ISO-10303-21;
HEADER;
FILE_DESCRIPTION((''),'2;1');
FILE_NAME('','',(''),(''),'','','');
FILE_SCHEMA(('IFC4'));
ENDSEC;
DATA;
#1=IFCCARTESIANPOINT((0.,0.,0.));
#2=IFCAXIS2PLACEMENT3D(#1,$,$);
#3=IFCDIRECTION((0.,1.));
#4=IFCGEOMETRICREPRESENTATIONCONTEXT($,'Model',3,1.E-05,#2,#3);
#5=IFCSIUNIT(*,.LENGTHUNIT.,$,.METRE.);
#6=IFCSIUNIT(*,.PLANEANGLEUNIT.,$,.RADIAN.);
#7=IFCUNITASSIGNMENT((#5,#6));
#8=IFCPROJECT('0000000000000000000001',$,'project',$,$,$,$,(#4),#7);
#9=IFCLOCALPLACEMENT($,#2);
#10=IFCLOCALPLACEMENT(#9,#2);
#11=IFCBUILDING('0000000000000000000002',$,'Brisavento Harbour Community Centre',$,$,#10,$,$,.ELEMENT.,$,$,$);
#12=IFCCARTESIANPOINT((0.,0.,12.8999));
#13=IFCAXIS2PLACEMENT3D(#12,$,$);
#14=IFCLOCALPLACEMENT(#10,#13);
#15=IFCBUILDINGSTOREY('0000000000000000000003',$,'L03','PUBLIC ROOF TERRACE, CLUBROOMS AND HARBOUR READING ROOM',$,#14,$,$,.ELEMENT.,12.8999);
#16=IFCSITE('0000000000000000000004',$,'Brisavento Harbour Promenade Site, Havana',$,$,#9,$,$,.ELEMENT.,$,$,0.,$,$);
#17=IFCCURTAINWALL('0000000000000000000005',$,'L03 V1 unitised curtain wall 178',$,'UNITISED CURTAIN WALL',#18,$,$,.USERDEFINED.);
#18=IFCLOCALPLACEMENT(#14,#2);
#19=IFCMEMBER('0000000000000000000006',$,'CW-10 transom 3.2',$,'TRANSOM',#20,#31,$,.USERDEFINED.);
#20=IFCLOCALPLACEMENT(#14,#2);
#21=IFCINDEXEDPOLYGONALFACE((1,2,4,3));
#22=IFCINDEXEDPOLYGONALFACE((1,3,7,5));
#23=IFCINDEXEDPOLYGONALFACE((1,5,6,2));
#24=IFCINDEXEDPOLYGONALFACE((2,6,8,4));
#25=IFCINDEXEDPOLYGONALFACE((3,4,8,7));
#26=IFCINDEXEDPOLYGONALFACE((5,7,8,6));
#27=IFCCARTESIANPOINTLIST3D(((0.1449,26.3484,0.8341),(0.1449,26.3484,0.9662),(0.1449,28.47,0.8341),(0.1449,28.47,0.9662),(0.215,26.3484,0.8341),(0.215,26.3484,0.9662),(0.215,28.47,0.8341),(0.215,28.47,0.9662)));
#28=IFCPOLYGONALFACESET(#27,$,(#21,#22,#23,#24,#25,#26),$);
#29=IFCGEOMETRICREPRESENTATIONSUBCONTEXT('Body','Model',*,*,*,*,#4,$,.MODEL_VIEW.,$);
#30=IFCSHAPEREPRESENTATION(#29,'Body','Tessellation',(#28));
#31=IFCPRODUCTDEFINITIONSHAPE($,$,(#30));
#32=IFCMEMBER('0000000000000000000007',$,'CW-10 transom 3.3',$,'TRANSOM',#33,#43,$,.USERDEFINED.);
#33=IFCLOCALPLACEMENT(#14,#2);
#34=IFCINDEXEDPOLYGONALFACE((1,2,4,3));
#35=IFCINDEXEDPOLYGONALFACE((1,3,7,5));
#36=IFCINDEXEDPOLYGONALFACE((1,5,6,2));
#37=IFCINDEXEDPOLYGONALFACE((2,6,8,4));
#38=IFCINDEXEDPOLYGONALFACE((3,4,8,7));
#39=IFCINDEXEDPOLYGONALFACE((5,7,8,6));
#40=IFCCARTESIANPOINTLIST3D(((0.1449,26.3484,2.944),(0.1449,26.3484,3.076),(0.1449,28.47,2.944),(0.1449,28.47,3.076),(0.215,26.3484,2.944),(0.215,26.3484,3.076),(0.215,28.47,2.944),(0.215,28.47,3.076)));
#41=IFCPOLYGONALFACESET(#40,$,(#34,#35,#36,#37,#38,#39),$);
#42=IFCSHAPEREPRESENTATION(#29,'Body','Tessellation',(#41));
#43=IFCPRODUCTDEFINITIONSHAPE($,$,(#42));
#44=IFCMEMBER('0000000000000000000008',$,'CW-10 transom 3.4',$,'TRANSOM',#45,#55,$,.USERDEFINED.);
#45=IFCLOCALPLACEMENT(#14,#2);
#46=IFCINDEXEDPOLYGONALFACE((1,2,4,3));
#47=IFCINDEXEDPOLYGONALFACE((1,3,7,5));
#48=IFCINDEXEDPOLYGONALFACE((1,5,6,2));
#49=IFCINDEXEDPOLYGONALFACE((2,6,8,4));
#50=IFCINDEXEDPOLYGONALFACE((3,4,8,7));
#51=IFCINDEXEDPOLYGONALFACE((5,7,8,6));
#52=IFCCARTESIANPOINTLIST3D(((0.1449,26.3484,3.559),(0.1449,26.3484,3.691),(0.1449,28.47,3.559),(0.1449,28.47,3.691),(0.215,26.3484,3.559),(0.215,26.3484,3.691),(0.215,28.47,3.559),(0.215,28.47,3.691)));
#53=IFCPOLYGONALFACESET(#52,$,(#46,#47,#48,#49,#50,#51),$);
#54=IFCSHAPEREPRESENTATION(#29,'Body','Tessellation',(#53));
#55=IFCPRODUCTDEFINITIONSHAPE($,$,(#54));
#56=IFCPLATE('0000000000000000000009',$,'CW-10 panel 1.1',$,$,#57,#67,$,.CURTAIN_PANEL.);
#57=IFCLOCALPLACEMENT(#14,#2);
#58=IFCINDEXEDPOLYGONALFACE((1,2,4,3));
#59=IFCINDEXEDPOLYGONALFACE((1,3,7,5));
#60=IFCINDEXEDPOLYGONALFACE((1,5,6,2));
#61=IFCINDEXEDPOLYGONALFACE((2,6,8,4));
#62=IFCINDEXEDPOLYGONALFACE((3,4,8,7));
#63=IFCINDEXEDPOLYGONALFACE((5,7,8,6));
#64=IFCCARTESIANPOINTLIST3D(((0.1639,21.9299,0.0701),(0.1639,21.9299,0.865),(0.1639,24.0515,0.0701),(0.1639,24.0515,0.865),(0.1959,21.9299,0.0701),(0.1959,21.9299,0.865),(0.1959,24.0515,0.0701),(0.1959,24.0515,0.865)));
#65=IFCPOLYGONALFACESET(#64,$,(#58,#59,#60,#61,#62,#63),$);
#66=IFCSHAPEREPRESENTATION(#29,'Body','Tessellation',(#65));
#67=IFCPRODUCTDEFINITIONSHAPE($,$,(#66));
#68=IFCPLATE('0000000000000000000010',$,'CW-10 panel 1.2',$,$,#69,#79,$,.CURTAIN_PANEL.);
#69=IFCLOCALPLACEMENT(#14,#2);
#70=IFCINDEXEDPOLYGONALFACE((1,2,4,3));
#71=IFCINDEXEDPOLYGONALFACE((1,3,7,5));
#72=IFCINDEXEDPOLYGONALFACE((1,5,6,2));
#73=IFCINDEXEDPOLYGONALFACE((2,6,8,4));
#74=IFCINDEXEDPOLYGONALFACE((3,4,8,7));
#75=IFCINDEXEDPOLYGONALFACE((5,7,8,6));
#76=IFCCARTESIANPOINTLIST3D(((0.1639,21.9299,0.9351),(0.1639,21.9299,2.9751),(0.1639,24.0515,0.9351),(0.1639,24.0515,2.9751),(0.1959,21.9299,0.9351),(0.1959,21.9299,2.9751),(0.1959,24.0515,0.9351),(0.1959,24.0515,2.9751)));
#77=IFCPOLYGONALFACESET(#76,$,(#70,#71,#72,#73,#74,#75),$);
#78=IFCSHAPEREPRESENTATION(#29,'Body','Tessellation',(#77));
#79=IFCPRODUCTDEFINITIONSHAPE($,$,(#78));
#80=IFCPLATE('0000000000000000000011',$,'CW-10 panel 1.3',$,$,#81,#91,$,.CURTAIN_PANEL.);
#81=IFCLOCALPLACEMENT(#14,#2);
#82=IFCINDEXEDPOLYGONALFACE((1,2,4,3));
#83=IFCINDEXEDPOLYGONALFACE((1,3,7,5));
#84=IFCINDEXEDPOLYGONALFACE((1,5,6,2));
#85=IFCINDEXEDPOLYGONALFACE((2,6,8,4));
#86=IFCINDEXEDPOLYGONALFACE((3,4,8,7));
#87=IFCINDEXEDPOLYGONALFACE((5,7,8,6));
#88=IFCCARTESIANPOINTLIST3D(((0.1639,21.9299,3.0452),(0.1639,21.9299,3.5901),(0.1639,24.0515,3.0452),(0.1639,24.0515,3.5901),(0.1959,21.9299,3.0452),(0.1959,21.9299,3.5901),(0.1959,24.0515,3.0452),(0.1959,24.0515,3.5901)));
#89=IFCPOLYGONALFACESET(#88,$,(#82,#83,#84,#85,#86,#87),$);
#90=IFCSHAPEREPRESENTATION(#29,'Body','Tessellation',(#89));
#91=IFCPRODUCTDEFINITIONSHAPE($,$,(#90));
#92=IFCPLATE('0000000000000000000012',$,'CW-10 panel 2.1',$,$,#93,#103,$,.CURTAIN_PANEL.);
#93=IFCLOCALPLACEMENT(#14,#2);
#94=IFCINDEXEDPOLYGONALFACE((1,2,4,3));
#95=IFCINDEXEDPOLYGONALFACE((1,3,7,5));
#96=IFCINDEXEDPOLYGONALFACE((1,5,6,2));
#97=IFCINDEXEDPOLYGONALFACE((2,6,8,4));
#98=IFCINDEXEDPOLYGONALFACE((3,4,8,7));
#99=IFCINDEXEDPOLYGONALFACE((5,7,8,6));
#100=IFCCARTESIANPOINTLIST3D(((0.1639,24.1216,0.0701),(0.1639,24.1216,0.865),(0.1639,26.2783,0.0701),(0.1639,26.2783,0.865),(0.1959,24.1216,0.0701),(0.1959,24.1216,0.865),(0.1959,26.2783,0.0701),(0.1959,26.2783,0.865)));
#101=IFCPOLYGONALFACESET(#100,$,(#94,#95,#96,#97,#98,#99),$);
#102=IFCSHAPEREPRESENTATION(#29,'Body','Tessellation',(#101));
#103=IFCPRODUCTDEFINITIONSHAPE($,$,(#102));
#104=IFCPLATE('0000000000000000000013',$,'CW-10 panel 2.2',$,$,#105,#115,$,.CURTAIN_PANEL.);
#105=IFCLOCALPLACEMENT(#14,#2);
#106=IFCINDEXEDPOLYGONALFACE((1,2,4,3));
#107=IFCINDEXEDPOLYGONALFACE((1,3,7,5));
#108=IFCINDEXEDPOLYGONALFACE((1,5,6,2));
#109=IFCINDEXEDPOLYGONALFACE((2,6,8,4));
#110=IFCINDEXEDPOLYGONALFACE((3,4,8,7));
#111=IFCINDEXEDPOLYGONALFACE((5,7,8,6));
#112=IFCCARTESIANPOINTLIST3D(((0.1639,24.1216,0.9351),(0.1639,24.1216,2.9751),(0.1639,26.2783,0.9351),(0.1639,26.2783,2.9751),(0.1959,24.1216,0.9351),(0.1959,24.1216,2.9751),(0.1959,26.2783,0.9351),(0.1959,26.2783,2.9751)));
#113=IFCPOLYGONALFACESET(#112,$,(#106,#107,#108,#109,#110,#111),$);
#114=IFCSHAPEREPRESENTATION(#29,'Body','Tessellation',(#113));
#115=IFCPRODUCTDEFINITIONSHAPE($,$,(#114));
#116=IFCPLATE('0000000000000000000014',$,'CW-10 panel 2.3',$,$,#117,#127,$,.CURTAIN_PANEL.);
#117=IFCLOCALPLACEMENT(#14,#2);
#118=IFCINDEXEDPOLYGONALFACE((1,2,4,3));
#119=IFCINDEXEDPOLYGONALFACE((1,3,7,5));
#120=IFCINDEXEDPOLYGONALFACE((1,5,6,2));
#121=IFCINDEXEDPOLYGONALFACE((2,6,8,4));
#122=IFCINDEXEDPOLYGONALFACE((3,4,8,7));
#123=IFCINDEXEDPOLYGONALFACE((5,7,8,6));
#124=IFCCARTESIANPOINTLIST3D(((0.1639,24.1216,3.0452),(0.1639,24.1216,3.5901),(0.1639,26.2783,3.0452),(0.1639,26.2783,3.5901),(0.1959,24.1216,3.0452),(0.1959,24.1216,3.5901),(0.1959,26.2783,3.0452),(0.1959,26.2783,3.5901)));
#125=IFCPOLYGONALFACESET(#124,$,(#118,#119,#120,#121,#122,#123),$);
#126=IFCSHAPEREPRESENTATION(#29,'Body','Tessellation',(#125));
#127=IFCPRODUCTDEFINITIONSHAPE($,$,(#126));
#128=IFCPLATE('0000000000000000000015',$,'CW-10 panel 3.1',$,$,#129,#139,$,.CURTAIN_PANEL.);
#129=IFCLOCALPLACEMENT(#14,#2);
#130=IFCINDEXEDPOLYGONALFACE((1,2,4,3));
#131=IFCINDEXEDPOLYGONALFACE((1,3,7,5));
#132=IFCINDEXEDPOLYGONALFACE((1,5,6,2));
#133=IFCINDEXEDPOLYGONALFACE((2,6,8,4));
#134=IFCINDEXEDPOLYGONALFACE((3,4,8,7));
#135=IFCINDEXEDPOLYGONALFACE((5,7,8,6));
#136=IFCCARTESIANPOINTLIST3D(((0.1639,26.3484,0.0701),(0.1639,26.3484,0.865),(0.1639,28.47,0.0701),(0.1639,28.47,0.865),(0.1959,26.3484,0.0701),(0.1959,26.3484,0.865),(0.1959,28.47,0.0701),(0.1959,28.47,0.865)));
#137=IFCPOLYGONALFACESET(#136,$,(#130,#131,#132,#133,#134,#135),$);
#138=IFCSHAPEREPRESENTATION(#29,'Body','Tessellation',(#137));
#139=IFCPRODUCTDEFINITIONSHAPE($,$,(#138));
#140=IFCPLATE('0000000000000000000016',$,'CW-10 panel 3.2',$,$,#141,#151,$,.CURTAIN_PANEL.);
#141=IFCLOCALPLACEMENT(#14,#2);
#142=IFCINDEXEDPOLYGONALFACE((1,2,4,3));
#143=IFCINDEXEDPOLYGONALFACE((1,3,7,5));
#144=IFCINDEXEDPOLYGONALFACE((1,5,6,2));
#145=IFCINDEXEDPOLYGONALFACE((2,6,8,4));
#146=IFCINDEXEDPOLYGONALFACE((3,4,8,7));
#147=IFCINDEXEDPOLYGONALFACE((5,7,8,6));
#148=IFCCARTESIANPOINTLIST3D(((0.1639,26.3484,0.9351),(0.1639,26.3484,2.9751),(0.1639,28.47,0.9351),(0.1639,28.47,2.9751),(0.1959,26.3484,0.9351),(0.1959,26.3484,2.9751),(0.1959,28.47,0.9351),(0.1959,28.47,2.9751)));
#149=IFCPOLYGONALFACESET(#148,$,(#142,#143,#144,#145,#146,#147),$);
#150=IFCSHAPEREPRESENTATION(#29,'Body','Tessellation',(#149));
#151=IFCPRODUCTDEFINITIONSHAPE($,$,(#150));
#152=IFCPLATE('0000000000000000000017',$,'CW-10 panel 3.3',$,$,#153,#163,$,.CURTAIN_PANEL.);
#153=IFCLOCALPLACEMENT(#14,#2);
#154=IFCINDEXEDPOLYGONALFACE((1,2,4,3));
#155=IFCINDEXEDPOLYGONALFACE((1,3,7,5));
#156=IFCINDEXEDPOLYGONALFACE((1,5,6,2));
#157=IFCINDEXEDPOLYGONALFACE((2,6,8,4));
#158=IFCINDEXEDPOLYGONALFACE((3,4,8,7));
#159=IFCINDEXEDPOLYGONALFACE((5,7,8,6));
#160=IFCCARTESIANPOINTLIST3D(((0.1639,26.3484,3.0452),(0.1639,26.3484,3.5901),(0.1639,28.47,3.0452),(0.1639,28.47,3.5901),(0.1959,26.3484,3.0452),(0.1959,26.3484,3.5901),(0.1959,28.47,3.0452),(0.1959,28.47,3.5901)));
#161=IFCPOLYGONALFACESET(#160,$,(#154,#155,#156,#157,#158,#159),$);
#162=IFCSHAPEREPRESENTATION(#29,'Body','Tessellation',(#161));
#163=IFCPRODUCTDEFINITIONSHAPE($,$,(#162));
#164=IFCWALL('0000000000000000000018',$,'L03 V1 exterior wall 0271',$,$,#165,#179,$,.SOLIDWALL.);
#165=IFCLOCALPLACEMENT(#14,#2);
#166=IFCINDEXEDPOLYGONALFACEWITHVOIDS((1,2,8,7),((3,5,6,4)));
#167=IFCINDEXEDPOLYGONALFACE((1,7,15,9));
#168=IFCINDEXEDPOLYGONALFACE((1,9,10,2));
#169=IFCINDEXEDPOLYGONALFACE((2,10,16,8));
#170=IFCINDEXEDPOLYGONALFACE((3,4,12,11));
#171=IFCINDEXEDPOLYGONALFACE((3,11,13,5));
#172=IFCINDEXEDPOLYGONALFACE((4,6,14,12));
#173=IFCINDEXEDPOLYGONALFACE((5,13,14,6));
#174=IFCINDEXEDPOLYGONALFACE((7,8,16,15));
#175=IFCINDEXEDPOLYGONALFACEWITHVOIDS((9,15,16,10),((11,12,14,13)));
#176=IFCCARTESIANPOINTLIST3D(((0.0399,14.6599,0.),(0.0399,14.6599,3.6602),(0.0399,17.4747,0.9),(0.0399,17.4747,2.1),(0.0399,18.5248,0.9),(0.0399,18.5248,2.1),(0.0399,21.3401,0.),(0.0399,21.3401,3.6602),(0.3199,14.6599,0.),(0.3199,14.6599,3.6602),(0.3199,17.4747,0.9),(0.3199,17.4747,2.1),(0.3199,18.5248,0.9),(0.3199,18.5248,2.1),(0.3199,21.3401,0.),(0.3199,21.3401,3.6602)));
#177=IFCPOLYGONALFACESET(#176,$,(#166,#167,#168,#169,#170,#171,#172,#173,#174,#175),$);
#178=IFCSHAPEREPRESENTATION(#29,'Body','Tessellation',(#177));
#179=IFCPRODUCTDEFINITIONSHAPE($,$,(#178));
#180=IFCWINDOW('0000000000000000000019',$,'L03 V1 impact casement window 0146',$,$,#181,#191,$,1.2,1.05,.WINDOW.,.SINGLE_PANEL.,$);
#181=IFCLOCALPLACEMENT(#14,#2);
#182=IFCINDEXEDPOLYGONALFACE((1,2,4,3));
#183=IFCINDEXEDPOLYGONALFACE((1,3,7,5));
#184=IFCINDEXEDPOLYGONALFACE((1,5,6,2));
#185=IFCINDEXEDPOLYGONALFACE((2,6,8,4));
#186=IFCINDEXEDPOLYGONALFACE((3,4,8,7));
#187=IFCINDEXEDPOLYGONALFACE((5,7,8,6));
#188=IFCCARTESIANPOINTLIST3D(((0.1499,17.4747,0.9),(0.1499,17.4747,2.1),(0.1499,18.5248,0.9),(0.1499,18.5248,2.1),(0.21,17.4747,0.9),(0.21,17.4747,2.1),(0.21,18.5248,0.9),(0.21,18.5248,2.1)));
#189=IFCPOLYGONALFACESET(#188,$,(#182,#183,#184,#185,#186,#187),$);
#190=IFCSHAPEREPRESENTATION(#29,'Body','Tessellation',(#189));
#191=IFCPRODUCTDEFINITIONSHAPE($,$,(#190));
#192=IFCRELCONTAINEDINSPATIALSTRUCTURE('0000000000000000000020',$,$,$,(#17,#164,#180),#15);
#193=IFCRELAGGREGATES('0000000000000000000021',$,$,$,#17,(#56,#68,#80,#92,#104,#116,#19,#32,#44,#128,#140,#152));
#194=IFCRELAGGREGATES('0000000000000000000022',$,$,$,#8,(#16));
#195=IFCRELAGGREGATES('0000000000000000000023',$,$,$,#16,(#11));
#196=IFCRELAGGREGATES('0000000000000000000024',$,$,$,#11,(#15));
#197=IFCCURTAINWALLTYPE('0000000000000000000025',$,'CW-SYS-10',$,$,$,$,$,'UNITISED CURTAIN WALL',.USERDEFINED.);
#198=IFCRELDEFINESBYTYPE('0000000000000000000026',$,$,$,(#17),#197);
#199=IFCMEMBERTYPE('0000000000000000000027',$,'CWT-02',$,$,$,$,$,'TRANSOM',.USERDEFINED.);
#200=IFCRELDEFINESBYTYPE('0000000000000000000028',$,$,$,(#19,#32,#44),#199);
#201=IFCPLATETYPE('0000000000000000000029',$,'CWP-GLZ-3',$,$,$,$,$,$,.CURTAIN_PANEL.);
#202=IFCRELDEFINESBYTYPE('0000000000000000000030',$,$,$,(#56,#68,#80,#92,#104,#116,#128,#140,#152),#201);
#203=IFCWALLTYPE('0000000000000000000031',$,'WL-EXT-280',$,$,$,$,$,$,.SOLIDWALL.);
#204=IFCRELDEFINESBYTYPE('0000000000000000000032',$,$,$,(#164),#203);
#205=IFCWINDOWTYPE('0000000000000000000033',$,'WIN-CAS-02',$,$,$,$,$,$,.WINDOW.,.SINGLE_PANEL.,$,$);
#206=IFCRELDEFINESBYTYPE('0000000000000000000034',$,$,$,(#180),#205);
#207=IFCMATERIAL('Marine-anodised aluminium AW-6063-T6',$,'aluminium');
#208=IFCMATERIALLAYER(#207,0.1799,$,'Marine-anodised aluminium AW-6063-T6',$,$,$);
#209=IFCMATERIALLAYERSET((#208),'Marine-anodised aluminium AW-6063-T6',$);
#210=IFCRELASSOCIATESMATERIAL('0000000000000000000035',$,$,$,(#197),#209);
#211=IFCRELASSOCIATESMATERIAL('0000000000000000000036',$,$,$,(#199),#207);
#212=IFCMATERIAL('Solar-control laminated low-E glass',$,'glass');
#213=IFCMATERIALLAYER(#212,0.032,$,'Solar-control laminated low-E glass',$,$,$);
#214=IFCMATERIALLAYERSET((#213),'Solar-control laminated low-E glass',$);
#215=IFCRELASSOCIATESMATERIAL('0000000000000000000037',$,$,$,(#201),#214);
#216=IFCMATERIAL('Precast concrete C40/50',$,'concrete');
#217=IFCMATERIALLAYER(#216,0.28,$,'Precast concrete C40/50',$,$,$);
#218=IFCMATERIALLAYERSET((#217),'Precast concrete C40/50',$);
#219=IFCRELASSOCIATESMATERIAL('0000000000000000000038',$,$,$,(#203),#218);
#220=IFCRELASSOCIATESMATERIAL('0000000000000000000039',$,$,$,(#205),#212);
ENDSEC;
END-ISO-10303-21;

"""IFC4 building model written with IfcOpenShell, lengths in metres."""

from ifc_helpers import new_model, si_unit, direction, frame, frame_2d, origin, origin_2d, place, context, subcontext, project, spatial, rectangle, extrude, material, layer, layer_set, material_profile, profile_set, type_object, element, fill, aggregate, save


model = new_model("IFC4")

# Units and contexts
model_context = context("Model", 3, precision=1e-05, world=origin(), true_north=direction((0.0, 1.0)))
body_context = subcontext(model_context, "Body", "Model", "MODEL_VIEW")
ifc_project = project(units=[si_unit("LENGTHUNIT", "METRE"), si_unit("PLANEANGLEUNIT", "RADIAN")], contexts=[model_context])

# Site, building, storey
site_placement = place(None, origin())
site = spatial("IfcSite", under=ifc_project, at=site_placement, Name="Brisavento Harbour Promenade Site, Havana", CompositionType="ELEMENT", RefElevation=0.0)
building_placement = place(site_placement, origin())
building = spatial("IfcBuilding", under=site, at=building_placement, Name="Brisavento Harbour Community Centre", CompositionType="ELEMENT")
storey_placement = place(building_placement, frame((0.0, 0.0, 12.8999)))
storey = spatial("IfcBuildingStorey", under=building, at=storey_placement, Name="L03", Description="PUBLIC ROOF TERRACE, CLUBROOMS AND HARBOUR READING ROOM", CompositionType="ELEMENT", Elevation=12.8999)

# Curtain wall, members, plates
ifc_material_1 = material(Name="Marine-anodised aluminium AW-6063-T6", Category="aluminium")
ifc_layer_1 = layer(ifc_material_1, 0.1799, Name="Marine-anodised aluminium AW-6063-T6")
ifc_layer_set_1 = layer_set([ifc_layer_1], Name="Marine-anodised aluminium AW-6063-T6")
curtain_wall_type = type_object("IfcCurtainWallType", Name="CW-SYS-10", ElementType="UNITISED CURTAIN WALL", PredefinedType="USERDEFINED", material=ifc_layer_set_1)
curtain_wall_placement = place(storey_placement, origin())
curtain_wall = element("IfcCurtainWall", 1, at=curtain_wall_placement, inside=storey, type_object=curtain_wall_type, Name="L03 V1 unitised curtain wall 178", ObjectType="UNITISED CURTAIN WALL", PredefinedType="USERDEFINED")
ifc_material_profile_1 = material_profile(ifc_material_1, rectangle(XDim=0.0701, YDim=0.1321, at=origin_2d()), Name="Marine-anodised aluminium AW-6063-T6")
ifc_profile_set_1 = profile_set([ifc_material_profile_1], Name="Marine-anodised aluminium AW-6063-T6")
member_type_1 = type_object("IfcMemberType", Name="CWT-02", ElementType="TRANSOM", PredefinedType="USERDEFINED", material=ifc_profile_set_1)
member_1_placement = place(storey_placement, frame((0.1799, 26.3484, 0.9001), z_axis=(0.0, 1.0, 0.0), x_axis=(-1.0, 0.0, 0.0)))
member_1 = element("IfcMember", 2, at=member_1_placement, type_object=member_type_1, Name="CW-10 transom 3.2", ObjectType="TRANSOM", PredefinedType="USERDEFINED", context=body_context, shape_type="SweptSolid", body=[
    extrude(rectangle(XDim=0.0701, YDim=0.1321, at=origin_2d()), origin(), (0.0, 0.0, 1.0), 2.1216),
])
member_2_placement = place(storey_placement, frame((0.1799, 26.3484, 3.01), z_axis=(0.0, 1.0, 0.0), x_axis=(-1.0, 0.0, 0.0)))
member_2 = element("IfcMember", 3, at=member_2_placement, type_object=member_type_1, Name="CW-10 transom 3.3", ObjectType="TRANSOM", PredefinedType="USERDEFINED", context=body_context, shape_type="SweptSolid", body=[
    extrude(rectangle(XDim=0.0701, YDim=0.1321, at=origin_2d()), origin(), (0.0, 0.0, 1.0), 2.1216),
])
member_3_placement = place(storey_placement, frame((0.1799, 26.3484, 3.625), z_axis=(0.0, 1.0, 0.0), x_axis=(-1.0, 0.0, 0.0)))
member_3 = element("IfcMember", 4, at=member_3_placement, type_object=member_type_1, Name="CW-10 transom 3.4", ObjectType="TRANSOM", PredefinedType="USERDEFINED", context=body_context, shape_type="SweptSolid", body=[
    extrude(rectangle(XDim=0.0701, YDim=0.1321, at=origin_2d()), origin(), (0.0, 0.0, 1.0), 2.1216),
])
ifc_material_2 = material(Name="Solar-control laminated low-E glass", Category="glass")
ifc_layer_2 = layer(ifc_material_2, 0.032, Name="Solar-control laminated low-E glass")
ifc_layer_set_2 = layer_set([ifc_layer_2], Name="Solar-control laminated low-E glass")
plate_type = type_object("IfcPlateType", Name="CWP-GLZ-3", PredefinedType="CURTAIN_PANEL", material=ifc_layer_set_2)
plate_1_placement = place(storey_placement, frame((0.1799, 22.9907, 0.0701), z_axis=(0.0, 0.0, 1.0), x_axis=(0.0, 1.0, 0.0)))
plate_1 = element("IfcPlate", 5, at=plate_1_placement, type_object=plate_type, Name="CW-10 panel 1.1", PredefinedType="CURTAIN_PANEL", context=body_context, shape_type="SweptSolid", body=[
    extrude(rectangle(XDim=2.1216, YDim=0.032, at=origin_2d()), origin(), (0.0, 0.0, 1.0), 0.7949),
])
plate_2_placement = place(storey_placement, frame((0.1799, 22.9907, 0.9351), z_axis=(0.0, 0.0, 1.0), x_axis=(0.0, 1.0, 0.0)))
plate_2 = element("IfcPlate", 6, at=plate_2_placement, type_object=plate_type, Name="CW-10 panel 1.2", PredefinedType="CURTAIN_PANEL", context=body_context, shape_type="SweptSolid", body=[
    extrude(rectangle(XDim=2.1216, YDim=0.032, at=origin_2d()), origin(), (0.0, 0.0, 1.0), 2.04),
])
plate_3_placement = place(storey_placement, frame((0.1799, 22.9907, 3.0452), z_axis=(0.0, 0.0, 1.0), x_axis=(0.0, 1.0, 0.0)))
plate_3 = element("IfcPlate", 7, at=plate_3_placement, type_object=plate_type, Name="CW-10 panel 1.3", PredefinedType="CURTAIN_PANEL", context=body_context, shape_type="SweptSolid", body=[
    extrude(rectangle(XDim=2.1216, YDim=0.032, at=origin_2d()), origin(), (0.0, 0.0, 1.0), 0.5449),
])
plate_4_placement = place(storey_placement, frame((0.1799, 25.2, 0.0701), z_axis=(0.0, 0.0, 1.0), x_axis=(0.0, 1.0, 0.0)))
plate_4 = element("IfcPlate", 8, at=plate_4_placement, type_object=plate_type, Name="CW-10 panel 2.1", PredefinedType="CURTAIN_PANEL", context=body_context, shape_type="SweptSolid", body=[
    extrude(rectangle(XDim=2.1567, YDim=0.032, at=origin_2d()), origin(), (0.0, 0.0, 1.0), 0.7949),
])
plate_5_placement = place(storey_placement, frame((0.1799, 25.2, 0.9351), z_axis=(0.0, 0.0, 1.0), x_axis=(0.0, 1.0, 0.0)))
plate_5 = element("IfcPlate", 9, at=plate_5_placement, type_object=plate_type, Name="CW-10 panel 2.2", PredefinedType="CURTAIN_PANEL", context=body_context, shape_type="SweptSolid", body=[
    extrude(rectangle(XDim=2.1567, YDim=0.032, at=origin_2d()), origin(), (0.0, 0.0, 1.0), 2.04),
])
plate_6_placement = place(storey_placement, frame((0.1799, 25.2, 3.0452), z_axis=(0.0, 0.0, 1.0), x_axis=(0.0, 1.0, 0.0)))
plate_6 = element("IfcPlate", 10, at=plate_6_placement, type_object=plate_type, Name="CW-10 panel 2.3", PredefinedType="CURTAIN_PANEL", context=body_context, shape_type="SweptSolid", body=[
    extrude(rectangle(XDim=2.1567, YDim=0.032, at=origin_2d()), origin(), (0.0, 0.0, 1.0), 0.5449),
])
plate_7_placement = place(storey_placement, frame((0.1799, 27.4092, 0.0701), z_axis=(0.0, 0.0, 1.0), x_axis=(0.0, 1.0, 0.0)))
plate_7 = element("IfcPlate", 11, at=plate_7_placement, type_object=plate_type, Name="CW-10 panel 3.1", PredefinedType="CURTAIN_PANEL", context=body_context, shape_type="SweptSolid", body=[
    extrude(rectangle(XDim=2.1216, YDim=0.032, at=origin_2d()), origin(), (0.0, 0.0, 1.0), 0.7949),
])
plate_8_placement = place(storey_placement, frame((0.1799, 27.4092, 0.9351), z_axis=(0.0, 0.0, 1.0), x_axis=(0.0, 1.0, 0.0)))
plate_8 = element("IfcPlate", 12, at=plate_8_placement, type_object=plate_type, Name="CW-10 panel 3.2", PredefinedType="CURTAIN_PANEL", context=body_context, shape_type="SweptSolid", body=[
    extrude(rectangle(XDim=2.1216, YDim=0.032, at=origin_2d()), origin(), (0.0, 0.0, 1.0), 2.04),
])
plate_9_placement = place(storey_placement, frame((0.1799, 27.4092, 3.0452), z_axis=(0.0, 0.0, 1.0), x_axis=(0.0, 1.0, 0.0)))
plate_9 = element("IfcPlate", 13, at=plate_9_placement, type_object=plate_type, Name="CW-10 panel 3.3", PredefinedType="CURTAIN_PANEL", context=body_context, shape_type="SweptSolid", body=[
    extrude(rectangle(XDim=2.1216, YDim=0.032, at=origin_2d()), origin(), (0.0, 0.0, 1.0), 0.5449),
])
aggregate(curtain_wall, [plate_1, plate_2, plate_3, plate_4, plate_5, plate_6, member_1, member_2, member_3, plate_7, plate_8, plate_9])

# Wall, opening, window
ifc_material_3 = material(Name="Precast concrete C40/50", Category="concrete")
ifc_layer_3 = layer(ifc_material_3, 0.28, Name="Precast concrete C40/50")
ifc_layer_set_3 = layer_set([ifc_layer_3], Name="Precast concrete C40/50")
wall_type = type_object("IfcWallType", Name="WL-EXT-280", PredefinedType="SOLIDWALL", material=ifc_layer_set_3)
wall_placement = place(storey_placement, frame((0.1799, 14.6599, 0.0), z_axis=(0.0, 0.0, 1.0), x_axis=(0.0, 1.0, 0.0)))
wall = element("IfcWall", 14, at=wall_placement, inside=storey, type_object=wall_type, Name="L03 V1 exterior wall 0271", PredefinedType="SOLIDWALL", context=body_context, shape_type="SweptSolid", body=[
    extrude(rectangle(XDim=6.6802, YDim=0.28, at=frame_2d((3.3401, 0.0))), origin(), (0.0, 0.0, 1.0), 3.6602),
])
opening_placement = place(wall_placement, frame((2.8149, 0.0, 0.8999)))
opening = element("IfcOpeningElement", 15, at=opening_placement, cuts=wall, PredefinedType="OPENING", context=body_context, shape_type="SweptSolid", body=[
    extrude(rectangle(XDim=1.05, YDim=1.2, at=frame_2d((0.5249, 0.6001))), frame((0.0, 0.1499, 0.0), z_axis=(0.0, -1.0, 0.0), x_axis=(1.0, 0.0, 0.0)), (0.0, 0.0, 1.0), 0.3),
])
window_type = type_object("IfcWindowType", Name="WIN-CAS-02", PartitioningType="SINGLE_PANEL", PredefinedType="WINDOW", material=ifc_material_2)
window_placement = place(opening_placement, origin())
window = element("IfcWindow", 16, at=window_placement, inside=storey, type_object=window_type, Name="L03 V1 impact casement window 0146", OverallHeight=1.2, OverallWidth=1.05, PartitioningType="SINGLE_PANEL", PredefinedType="WINDOW", context=body_context, shape_type="SweptSolid", body=[
    extrude(rectangle(XDim=1.05, YDim=1.2, at=frame_2d((0.5249, 0.6001))), frame((0.0, 0.03, 0.0), z_axis=(0.0, -1.0, 0.0), x_axis=(1.0, 0.0, 0.0)), (0.0, 0.0, 1.0), 0.0601),
])
fill(opening, window)

save(model, "model.ifc")
